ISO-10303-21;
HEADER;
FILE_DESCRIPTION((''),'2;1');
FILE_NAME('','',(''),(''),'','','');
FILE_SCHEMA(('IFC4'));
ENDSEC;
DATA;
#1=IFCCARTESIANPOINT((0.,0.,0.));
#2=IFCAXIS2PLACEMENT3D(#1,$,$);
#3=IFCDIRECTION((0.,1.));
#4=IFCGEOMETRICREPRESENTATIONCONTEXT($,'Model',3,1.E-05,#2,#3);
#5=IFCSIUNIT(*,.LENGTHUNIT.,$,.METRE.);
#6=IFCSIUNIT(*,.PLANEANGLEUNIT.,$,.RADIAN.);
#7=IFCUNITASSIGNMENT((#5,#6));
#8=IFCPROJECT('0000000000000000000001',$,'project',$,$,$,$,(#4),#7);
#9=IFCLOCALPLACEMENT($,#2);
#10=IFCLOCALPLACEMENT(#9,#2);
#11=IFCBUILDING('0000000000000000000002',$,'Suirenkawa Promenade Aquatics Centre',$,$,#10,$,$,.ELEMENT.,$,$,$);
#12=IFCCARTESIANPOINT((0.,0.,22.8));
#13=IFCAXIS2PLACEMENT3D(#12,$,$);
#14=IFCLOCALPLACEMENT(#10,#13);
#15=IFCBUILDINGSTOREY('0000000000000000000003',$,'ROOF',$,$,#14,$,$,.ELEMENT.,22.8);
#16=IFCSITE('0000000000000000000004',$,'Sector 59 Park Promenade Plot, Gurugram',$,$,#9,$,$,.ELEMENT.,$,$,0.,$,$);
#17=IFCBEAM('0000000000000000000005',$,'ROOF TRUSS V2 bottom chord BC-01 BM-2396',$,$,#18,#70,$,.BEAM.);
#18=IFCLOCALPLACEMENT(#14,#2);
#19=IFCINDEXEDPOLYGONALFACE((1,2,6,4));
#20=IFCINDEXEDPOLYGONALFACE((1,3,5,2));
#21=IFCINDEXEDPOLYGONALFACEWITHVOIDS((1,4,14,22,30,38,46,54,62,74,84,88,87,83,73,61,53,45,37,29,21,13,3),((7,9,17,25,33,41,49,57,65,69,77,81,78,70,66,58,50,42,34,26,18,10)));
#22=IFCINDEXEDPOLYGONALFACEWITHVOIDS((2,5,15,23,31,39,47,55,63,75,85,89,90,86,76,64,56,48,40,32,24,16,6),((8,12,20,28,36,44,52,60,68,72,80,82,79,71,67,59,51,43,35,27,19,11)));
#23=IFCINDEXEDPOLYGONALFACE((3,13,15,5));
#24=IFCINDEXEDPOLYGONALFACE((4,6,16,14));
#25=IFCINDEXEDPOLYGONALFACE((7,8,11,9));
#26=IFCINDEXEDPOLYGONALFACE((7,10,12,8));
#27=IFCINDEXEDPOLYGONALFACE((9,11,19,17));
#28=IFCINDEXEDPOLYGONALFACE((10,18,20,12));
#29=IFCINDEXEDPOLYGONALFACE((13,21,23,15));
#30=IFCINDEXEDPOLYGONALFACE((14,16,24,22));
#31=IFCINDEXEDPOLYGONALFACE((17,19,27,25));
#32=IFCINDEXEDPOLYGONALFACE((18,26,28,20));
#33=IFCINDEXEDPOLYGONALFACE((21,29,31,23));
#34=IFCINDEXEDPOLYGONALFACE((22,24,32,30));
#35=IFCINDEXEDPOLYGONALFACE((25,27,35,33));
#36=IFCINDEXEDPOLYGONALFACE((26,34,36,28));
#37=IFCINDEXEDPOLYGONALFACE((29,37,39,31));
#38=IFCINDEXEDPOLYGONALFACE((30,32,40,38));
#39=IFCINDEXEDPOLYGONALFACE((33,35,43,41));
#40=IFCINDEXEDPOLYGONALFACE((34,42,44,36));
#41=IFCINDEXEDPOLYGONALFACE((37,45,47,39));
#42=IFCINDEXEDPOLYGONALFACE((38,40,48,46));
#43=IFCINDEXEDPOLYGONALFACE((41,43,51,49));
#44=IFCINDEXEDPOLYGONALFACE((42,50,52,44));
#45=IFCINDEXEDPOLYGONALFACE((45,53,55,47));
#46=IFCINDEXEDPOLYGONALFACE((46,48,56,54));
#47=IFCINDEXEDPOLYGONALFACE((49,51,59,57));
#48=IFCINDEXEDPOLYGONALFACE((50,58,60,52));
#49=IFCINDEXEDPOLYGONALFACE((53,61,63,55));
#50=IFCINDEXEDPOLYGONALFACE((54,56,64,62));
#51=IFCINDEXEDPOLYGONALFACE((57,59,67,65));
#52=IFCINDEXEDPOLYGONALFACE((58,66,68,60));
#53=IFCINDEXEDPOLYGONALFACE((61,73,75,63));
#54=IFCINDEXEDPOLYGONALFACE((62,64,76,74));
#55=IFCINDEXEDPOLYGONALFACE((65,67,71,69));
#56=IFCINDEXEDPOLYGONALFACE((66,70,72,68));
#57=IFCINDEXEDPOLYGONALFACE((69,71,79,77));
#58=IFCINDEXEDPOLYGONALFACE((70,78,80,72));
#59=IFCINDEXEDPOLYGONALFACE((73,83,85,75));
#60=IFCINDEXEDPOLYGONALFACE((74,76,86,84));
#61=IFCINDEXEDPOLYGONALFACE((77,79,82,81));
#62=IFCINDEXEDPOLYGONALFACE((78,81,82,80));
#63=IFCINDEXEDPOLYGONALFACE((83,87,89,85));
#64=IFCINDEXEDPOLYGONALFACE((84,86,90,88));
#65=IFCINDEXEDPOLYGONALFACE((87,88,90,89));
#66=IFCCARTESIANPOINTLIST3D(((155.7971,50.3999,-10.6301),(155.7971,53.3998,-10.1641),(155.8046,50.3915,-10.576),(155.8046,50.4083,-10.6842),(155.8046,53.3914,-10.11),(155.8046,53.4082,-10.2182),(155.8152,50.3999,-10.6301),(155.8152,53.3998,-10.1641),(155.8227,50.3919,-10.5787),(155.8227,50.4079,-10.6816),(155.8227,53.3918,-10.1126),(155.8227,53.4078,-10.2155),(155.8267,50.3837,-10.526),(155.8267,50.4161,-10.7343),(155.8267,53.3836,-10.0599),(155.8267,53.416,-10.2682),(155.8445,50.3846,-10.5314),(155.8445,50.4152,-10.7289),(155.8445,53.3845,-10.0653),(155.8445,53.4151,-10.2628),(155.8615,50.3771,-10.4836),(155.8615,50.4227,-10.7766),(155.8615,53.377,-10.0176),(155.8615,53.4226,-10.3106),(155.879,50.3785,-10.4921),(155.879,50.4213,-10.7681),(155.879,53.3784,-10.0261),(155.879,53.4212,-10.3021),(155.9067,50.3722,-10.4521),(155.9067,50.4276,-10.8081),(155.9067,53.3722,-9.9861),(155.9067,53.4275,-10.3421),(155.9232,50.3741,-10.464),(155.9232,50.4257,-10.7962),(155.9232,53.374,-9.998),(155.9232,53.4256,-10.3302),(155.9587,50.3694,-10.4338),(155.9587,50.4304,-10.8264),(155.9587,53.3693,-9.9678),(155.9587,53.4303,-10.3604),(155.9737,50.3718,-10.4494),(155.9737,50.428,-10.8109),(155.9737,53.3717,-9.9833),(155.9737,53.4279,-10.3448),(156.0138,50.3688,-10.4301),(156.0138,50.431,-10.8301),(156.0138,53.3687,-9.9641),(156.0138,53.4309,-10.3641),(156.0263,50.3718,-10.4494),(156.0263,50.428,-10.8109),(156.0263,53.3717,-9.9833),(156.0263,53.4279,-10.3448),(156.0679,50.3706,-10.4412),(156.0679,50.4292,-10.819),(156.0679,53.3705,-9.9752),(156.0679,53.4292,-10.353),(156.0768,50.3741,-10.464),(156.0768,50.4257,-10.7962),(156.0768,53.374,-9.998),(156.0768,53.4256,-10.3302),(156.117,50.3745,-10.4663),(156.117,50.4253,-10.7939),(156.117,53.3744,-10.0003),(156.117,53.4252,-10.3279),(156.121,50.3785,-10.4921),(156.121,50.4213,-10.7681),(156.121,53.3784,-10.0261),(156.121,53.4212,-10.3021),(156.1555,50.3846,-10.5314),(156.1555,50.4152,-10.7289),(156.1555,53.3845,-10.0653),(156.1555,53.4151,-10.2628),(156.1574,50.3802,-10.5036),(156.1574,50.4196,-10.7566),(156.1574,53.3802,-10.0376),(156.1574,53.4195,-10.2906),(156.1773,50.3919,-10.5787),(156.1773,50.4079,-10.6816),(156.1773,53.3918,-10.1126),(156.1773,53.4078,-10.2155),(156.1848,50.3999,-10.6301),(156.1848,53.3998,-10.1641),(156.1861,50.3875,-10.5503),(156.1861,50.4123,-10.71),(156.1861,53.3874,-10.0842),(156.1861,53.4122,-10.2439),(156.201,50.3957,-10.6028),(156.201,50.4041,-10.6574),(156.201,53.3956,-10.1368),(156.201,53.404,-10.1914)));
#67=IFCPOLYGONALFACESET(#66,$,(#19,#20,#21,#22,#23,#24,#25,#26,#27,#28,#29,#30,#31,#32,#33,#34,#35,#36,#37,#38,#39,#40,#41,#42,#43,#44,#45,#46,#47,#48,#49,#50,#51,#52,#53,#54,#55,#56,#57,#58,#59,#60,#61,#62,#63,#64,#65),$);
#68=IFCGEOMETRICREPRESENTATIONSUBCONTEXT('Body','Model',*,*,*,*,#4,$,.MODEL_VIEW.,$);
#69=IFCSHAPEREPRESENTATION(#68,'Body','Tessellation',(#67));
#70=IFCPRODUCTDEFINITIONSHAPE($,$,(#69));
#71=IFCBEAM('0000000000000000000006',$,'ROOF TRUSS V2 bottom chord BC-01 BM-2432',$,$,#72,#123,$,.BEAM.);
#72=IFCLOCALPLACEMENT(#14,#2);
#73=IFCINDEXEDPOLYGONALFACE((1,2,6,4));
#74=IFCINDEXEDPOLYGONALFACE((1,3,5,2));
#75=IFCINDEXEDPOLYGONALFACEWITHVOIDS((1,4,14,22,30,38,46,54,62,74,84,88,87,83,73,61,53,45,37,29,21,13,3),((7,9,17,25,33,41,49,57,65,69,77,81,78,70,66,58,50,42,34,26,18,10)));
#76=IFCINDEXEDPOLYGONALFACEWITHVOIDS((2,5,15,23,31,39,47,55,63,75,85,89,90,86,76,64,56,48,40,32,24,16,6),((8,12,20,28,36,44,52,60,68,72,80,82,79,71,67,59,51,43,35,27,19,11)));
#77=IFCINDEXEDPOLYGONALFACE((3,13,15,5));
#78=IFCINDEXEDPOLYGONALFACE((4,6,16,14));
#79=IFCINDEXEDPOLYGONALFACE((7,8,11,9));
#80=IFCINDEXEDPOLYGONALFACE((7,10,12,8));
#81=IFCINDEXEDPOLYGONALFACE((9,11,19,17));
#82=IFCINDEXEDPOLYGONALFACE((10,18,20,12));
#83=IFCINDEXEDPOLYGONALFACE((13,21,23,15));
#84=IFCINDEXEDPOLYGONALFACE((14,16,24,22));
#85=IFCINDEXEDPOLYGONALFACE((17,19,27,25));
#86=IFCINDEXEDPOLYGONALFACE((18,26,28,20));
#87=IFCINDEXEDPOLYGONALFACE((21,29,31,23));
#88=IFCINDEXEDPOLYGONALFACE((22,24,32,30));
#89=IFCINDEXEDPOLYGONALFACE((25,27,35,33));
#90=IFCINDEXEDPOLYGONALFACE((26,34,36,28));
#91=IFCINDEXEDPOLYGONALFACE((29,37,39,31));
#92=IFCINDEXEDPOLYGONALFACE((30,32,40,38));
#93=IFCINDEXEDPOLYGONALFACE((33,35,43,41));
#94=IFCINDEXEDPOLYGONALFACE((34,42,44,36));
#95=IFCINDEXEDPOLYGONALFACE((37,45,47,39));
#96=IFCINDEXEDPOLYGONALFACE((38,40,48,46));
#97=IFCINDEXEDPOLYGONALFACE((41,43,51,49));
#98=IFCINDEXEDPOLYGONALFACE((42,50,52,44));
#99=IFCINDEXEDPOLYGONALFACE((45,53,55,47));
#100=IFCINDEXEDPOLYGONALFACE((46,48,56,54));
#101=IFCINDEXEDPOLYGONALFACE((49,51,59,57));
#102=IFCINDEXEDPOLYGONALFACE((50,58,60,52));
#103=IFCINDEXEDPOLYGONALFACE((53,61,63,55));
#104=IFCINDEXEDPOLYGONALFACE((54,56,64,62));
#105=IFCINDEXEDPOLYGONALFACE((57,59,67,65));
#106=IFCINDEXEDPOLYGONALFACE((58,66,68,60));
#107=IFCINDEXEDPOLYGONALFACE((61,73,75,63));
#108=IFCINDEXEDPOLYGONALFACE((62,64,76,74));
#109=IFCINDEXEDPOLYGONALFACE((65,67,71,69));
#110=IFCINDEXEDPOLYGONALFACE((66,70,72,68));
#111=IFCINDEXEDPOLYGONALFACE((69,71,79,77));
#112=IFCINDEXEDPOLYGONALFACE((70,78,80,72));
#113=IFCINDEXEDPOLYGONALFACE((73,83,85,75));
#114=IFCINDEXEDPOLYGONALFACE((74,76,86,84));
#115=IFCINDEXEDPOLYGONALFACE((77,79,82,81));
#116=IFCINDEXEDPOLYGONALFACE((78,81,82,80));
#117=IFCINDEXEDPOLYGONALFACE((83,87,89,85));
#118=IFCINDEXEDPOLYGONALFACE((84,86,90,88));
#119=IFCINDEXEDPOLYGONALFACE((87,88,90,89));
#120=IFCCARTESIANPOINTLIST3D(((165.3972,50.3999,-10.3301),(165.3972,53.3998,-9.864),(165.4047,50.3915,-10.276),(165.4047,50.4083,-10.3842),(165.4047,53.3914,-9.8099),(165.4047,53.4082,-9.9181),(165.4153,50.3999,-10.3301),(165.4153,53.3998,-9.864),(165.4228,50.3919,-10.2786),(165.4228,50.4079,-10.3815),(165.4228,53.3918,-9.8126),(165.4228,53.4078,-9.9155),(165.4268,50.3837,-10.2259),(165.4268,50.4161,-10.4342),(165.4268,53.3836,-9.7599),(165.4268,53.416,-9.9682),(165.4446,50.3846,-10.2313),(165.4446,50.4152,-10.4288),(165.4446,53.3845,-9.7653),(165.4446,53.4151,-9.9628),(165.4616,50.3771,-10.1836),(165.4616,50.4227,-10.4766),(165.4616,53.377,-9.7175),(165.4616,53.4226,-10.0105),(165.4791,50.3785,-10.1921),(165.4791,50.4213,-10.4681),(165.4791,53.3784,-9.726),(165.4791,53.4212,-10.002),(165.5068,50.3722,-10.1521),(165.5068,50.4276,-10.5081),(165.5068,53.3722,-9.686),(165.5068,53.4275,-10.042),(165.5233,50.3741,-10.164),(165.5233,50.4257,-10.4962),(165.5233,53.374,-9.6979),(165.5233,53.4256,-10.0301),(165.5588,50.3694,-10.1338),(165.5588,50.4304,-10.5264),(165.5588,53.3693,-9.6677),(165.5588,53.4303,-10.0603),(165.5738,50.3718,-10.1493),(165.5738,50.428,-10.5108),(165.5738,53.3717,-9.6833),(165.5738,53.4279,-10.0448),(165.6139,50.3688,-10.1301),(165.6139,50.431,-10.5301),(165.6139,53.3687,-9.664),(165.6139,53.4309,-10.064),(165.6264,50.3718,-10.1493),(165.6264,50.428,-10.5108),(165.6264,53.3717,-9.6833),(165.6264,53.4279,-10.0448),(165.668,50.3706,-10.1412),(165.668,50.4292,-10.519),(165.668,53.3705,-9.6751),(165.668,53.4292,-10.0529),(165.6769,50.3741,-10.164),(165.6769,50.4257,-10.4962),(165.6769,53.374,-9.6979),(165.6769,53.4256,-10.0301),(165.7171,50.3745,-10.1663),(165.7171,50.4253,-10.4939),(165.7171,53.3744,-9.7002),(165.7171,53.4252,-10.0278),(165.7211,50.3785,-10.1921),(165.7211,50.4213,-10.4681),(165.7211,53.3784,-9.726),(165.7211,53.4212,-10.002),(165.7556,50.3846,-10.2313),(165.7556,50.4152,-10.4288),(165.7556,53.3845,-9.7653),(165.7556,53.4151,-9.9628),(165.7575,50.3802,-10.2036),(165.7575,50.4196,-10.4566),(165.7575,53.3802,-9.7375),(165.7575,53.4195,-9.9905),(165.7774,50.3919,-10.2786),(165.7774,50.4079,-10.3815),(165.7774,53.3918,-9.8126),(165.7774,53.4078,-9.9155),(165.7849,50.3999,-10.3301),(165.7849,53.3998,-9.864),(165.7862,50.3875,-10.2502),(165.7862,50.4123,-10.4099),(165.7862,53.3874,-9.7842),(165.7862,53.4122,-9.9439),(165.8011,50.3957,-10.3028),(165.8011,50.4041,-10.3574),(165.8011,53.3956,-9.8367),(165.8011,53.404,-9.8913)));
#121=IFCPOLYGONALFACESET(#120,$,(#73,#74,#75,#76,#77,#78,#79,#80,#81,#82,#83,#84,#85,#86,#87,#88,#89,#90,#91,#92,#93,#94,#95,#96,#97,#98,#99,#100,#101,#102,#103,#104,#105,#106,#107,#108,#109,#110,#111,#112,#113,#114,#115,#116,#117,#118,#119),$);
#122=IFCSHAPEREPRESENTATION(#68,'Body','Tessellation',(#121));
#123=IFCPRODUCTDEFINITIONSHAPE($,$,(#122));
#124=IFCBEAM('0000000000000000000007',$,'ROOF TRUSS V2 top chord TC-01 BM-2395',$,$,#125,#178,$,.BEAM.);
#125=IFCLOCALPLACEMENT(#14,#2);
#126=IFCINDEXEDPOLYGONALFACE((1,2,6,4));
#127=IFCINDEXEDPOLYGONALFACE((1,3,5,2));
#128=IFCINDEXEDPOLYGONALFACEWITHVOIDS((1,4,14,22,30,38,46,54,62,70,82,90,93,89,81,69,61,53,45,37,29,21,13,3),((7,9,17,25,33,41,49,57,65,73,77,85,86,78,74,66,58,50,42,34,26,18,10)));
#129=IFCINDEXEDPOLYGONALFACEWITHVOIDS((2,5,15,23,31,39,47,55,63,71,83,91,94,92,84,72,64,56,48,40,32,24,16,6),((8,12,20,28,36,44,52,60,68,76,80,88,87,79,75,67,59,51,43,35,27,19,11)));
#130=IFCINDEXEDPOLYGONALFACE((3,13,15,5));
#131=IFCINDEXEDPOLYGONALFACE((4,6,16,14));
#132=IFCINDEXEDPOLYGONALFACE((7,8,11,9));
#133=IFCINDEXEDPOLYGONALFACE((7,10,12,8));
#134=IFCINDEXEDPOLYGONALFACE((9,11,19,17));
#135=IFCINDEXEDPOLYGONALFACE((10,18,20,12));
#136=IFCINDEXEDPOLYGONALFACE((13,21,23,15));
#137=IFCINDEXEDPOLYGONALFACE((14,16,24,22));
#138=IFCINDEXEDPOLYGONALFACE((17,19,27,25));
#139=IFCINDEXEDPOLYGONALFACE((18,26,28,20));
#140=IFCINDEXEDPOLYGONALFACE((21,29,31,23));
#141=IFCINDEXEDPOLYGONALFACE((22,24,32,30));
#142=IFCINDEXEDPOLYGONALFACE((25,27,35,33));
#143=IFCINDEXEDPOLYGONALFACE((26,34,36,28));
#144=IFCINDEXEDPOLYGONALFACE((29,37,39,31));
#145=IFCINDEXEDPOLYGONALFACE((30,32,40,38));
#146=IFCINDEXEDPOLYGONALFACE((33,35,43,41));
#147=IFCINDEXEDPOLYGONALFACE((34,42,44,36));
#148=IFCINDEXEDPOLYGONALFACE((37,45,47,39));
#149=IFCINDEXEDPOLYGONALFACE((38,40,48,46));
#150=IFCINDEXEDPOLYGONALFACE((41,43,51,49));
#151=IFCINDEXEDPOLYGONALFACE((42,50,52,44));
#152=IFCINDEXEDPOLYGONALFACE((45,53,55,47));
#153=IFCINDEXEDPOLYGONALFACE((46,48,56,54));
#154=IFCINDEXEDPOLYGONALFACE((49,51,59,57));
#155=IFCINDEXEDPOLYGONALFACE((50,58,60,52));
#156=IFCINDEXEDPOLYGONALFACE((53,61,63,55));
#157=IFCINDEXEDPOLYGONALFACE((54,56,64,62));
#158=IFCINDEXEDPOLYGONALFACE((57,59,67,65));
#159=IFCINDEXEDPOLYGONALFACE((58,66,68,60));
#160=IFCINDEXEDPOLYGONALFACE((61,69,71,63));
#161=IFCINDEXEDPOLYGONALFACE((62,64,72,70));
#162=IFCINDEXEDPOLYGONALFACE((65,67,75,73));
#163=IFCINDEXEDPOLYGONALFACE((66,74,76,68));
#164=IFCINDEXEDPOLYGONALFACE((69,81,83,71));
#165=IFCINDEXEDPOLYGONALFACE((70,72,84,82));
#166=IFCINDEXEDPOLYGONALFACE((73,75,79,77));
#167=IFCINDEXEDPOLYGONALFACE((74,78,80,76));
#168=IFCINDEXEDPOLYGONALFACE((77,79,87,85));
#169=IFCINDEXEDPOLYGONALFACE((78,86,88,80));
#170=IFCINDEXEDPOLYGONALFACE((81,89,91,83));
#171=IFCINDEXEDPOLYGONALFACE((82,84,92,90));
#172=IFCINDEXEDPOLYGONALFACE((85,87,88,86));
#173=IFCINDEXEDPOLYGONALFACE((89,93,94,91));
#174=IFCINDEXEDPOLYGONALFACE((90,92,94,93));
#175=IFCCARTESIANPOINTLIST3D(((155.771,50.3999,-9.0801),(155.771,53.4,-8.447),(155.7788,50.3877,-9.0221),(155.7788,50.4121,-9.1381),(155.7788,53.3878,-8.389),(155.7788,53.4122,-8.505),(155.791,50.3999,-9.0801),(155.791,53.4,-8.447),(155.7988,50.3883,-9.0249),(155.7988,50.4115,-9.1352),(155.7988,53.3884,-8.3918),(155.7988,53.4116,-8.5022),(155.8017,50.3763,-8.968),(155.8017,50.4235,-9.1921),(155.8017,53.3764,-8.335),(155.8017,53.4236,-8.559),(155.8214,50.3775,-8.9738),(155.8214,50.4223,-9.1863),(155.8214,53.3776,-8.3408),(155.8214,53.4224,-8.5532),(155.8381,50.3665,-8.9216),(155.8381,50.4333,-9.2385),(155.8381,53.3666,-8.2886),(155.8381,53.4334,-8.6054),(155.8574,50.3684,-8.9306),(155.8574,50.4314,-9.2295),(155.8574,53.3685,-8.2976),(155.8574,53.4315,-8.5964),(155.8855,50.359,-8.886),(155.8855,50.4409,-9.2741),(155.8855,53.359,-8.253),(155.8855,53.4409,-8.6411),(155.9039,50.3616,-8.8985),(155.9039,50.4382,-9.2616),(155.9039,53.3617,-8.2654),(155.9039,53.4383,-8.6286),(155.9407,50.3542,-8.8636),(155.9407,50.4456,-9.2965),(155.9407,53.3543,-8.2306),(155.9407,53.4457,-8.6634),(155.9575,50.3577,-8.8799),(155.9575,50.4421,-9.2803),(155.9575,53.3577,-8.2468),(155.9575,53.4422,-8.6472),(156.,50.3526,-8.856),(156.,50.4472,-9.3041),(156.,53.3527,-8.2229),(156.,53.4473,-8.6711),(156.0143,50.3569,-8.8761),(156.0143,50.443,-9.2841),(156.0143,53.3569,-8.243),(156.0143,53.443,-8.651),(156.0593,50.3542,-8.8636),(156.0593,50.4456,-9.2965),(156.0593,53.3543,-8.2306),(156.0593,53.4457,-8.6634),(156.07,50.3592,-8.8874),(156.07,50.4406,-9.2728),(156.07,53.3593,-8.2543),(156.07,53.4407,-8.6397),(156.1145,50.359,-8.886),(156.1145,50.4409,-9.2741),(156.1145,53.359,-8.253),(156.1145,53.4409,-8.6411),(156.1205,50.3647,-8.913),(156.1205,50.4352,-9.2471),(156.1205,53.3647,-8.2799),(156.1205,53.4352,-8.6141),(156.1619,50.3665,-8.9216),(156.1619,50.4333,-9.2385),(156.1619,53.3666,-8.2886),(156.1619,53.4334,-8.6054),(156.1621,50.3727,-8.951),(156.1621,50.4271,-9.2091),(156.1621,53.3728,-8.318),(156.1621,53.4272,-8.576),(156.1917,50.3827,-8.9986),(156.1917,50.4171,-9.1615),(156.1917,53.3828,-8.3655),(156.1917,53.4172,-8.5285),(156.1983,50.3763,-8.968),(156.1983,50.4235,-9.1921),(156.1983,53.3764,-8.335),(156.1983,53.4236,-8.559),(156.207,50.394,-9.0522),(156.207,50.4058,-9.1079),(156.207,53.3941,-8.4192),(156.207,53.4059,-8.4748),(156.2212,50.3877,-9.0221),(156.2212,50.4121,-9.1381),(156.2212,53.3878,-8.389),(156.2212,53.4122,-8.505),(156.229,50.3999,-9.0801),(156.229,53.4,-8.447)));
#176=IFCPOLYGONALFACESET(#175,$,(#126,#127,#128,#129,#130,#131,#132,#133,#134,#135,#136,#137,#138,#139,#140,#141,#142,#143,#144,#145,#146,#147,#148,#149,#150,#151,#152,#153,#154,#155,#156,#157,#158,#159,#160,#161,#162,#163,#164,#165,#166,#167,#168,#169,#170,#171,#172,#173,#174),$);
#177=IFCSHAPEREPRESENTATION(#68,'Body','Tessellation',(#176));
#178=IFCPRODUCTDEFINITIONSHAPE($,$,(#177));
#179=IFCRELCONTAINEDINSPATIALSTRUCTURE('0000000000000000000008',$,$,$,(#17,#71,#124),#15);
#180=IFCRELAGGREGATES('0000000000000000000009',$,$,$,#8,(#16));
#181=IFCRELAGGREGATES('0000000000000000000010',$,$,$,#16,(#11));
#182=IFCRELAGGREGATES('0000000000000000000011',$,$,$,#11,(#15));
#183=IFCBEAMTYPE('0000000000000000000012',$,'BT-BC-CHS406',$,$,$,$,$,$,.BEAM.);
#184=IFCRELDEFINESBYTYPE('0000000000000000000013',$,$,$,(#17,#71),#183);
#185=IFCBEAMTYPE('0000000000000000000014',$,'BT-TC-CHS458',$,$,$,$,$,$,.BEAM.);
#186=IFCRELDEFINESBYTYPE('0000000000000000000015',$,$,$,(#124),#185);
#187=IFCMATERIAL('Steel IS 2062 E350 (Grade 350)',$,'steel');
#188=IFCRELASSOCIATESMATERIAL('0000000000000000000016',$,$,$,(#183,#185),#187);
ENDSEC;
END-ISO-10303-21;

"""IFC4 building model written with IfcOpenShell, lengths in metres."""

from ifc_helpers import new_model, si_unit, direction, frame, origin, origin_2d, place, context, subcontext, project, spatial, hollow_circle, extrude, material, material_profile, profile_set, type_object, element, save


model = new_model("IFC4")

# Units and contexts
model_context = context("Model", 3, precision=1e-05, world=origin(), true_north=direction((0.0, 1.0)))
body_context = subcontext(model_context, "Body", "Model", "MODEL_VIEW")
ifc_project = project(units=[si_unit("LENGTHUNIT", "METRE"), si_unit("PLANEANGLEUNIT", "RADIAN")], contexts=[model_context])

# Site, building, storey
site_placement = place(None, origin())
site = spatial("IfcSite", under=ifc_project, at=site_placement, Name="Sector 59 Park Promenade Plot, Gurugram", CompositionType="ELEMENT", RefElevation=0.0)
building_placement = place(site_placement, origin())
building = spatial("IfcBuilding", under=site, at=building_placement, Name="Suirenkawa Promenade Aquatics Centre", CompositionType="ELEMENT")
storey_placement = place(building_placement, frame((0.0, 0.0, 22.8)))
storey = spatial("IfcBuildingStorey", under=building, at=storey_placement, Name="ROOF", CompositionType="ELEMENT", Elevation=22.8)

# Beams
ifc_material_1 = material(Name="Steel IS 2062 E350 (Grade 350)", Category="steel")
ifc_material_profile_1 = material_profile(ifc_material_1, hollow_circle(Radius=0.2029, WallThickness=0.0181, at=origin_2d()), Name="CHS 406x18", Category="steel")
ifc_profile_set_1 = profile_set([ifc_material_profile_1], Name="Steel IS 2062 E350 (Grade 350)")
beam_type_1 = type_object("IfcBeamType", Name="BT-BC-CHS406", PredefinedType="BEAM", material=ifc_profile_set_1)
for number, where, z_axis, x_axis, name in (
    (1, (156.0, 50.3999, -10.6301), (0.0, 0.988147, 0.153513), (-1.0, 0.0, 0.0), "ROOF TRUSS V2 bottom chord BC-01 BM-2396"),
    (2, (165.6001, 50.3999, -10.3301), (0.0, 0.988147, 0.153513), (-1.0, 0.0, 0.0), "ROOF TRUSS V2 bottom chord BC-01 BM-2432"),
):
    element("IfcBeam", number, at=place(storey_placement, frame(where, z_axis=z_axis, x_axis=x_axis)), inside=storey, type_object=beam_type_1, Name=name, PredefinedType="BEAM", context=body_context, shape_type="SweptSolid", body=[
        extrude(hollow_circle(Radius=0.2029, WallThickness=0.0181, at=origin_2d()), origin(), (0.0, 0.0, 1.0), 3.0359),
    ])
ifc_material_profile_2 = material_profile(ifc_material_1, hollow_circle(Radius=0.229, WallThickness=0.02, at=origin_2d()), Name="CHS 458x20", Category="steel")
ifc_profile_set_2 = profile_set([ifc_material_profile_2], Name="Steel IS 2062 E350 (Grade 350)")
beam_type_2 = type_object("IfcBeamType", Name="BT-TC-CHS458", PredefinedType="BEAM", material=ifc_profile_set_2)
for number, where, z_axis, x_axis, name in (
    (3, (156.0, 50.3999, -9.0801), (0.0, 0.978453, 0.206472), (-1.0, 0.0, 0.0), "ROOF TRUSS V2 top chord TC-01 BM-2395"),
):
    element("IfcBeam", number, at=place(storey_placement, frame(where, z_axis=z_axis, x_axis=x_axis)), inside=storey, type_object=beam_type_2, Name=name, PredefinedType="BEAM", context=body_context, shape_type="SweptSolid", body=[
        extrude(hollow_circle(Radius=0.229, WallThickness=0.02, at=origin_2d()), origin(), (0.0, 0.0, 1.0), 3.0662),
    ])

save(model, "model.ifc")
